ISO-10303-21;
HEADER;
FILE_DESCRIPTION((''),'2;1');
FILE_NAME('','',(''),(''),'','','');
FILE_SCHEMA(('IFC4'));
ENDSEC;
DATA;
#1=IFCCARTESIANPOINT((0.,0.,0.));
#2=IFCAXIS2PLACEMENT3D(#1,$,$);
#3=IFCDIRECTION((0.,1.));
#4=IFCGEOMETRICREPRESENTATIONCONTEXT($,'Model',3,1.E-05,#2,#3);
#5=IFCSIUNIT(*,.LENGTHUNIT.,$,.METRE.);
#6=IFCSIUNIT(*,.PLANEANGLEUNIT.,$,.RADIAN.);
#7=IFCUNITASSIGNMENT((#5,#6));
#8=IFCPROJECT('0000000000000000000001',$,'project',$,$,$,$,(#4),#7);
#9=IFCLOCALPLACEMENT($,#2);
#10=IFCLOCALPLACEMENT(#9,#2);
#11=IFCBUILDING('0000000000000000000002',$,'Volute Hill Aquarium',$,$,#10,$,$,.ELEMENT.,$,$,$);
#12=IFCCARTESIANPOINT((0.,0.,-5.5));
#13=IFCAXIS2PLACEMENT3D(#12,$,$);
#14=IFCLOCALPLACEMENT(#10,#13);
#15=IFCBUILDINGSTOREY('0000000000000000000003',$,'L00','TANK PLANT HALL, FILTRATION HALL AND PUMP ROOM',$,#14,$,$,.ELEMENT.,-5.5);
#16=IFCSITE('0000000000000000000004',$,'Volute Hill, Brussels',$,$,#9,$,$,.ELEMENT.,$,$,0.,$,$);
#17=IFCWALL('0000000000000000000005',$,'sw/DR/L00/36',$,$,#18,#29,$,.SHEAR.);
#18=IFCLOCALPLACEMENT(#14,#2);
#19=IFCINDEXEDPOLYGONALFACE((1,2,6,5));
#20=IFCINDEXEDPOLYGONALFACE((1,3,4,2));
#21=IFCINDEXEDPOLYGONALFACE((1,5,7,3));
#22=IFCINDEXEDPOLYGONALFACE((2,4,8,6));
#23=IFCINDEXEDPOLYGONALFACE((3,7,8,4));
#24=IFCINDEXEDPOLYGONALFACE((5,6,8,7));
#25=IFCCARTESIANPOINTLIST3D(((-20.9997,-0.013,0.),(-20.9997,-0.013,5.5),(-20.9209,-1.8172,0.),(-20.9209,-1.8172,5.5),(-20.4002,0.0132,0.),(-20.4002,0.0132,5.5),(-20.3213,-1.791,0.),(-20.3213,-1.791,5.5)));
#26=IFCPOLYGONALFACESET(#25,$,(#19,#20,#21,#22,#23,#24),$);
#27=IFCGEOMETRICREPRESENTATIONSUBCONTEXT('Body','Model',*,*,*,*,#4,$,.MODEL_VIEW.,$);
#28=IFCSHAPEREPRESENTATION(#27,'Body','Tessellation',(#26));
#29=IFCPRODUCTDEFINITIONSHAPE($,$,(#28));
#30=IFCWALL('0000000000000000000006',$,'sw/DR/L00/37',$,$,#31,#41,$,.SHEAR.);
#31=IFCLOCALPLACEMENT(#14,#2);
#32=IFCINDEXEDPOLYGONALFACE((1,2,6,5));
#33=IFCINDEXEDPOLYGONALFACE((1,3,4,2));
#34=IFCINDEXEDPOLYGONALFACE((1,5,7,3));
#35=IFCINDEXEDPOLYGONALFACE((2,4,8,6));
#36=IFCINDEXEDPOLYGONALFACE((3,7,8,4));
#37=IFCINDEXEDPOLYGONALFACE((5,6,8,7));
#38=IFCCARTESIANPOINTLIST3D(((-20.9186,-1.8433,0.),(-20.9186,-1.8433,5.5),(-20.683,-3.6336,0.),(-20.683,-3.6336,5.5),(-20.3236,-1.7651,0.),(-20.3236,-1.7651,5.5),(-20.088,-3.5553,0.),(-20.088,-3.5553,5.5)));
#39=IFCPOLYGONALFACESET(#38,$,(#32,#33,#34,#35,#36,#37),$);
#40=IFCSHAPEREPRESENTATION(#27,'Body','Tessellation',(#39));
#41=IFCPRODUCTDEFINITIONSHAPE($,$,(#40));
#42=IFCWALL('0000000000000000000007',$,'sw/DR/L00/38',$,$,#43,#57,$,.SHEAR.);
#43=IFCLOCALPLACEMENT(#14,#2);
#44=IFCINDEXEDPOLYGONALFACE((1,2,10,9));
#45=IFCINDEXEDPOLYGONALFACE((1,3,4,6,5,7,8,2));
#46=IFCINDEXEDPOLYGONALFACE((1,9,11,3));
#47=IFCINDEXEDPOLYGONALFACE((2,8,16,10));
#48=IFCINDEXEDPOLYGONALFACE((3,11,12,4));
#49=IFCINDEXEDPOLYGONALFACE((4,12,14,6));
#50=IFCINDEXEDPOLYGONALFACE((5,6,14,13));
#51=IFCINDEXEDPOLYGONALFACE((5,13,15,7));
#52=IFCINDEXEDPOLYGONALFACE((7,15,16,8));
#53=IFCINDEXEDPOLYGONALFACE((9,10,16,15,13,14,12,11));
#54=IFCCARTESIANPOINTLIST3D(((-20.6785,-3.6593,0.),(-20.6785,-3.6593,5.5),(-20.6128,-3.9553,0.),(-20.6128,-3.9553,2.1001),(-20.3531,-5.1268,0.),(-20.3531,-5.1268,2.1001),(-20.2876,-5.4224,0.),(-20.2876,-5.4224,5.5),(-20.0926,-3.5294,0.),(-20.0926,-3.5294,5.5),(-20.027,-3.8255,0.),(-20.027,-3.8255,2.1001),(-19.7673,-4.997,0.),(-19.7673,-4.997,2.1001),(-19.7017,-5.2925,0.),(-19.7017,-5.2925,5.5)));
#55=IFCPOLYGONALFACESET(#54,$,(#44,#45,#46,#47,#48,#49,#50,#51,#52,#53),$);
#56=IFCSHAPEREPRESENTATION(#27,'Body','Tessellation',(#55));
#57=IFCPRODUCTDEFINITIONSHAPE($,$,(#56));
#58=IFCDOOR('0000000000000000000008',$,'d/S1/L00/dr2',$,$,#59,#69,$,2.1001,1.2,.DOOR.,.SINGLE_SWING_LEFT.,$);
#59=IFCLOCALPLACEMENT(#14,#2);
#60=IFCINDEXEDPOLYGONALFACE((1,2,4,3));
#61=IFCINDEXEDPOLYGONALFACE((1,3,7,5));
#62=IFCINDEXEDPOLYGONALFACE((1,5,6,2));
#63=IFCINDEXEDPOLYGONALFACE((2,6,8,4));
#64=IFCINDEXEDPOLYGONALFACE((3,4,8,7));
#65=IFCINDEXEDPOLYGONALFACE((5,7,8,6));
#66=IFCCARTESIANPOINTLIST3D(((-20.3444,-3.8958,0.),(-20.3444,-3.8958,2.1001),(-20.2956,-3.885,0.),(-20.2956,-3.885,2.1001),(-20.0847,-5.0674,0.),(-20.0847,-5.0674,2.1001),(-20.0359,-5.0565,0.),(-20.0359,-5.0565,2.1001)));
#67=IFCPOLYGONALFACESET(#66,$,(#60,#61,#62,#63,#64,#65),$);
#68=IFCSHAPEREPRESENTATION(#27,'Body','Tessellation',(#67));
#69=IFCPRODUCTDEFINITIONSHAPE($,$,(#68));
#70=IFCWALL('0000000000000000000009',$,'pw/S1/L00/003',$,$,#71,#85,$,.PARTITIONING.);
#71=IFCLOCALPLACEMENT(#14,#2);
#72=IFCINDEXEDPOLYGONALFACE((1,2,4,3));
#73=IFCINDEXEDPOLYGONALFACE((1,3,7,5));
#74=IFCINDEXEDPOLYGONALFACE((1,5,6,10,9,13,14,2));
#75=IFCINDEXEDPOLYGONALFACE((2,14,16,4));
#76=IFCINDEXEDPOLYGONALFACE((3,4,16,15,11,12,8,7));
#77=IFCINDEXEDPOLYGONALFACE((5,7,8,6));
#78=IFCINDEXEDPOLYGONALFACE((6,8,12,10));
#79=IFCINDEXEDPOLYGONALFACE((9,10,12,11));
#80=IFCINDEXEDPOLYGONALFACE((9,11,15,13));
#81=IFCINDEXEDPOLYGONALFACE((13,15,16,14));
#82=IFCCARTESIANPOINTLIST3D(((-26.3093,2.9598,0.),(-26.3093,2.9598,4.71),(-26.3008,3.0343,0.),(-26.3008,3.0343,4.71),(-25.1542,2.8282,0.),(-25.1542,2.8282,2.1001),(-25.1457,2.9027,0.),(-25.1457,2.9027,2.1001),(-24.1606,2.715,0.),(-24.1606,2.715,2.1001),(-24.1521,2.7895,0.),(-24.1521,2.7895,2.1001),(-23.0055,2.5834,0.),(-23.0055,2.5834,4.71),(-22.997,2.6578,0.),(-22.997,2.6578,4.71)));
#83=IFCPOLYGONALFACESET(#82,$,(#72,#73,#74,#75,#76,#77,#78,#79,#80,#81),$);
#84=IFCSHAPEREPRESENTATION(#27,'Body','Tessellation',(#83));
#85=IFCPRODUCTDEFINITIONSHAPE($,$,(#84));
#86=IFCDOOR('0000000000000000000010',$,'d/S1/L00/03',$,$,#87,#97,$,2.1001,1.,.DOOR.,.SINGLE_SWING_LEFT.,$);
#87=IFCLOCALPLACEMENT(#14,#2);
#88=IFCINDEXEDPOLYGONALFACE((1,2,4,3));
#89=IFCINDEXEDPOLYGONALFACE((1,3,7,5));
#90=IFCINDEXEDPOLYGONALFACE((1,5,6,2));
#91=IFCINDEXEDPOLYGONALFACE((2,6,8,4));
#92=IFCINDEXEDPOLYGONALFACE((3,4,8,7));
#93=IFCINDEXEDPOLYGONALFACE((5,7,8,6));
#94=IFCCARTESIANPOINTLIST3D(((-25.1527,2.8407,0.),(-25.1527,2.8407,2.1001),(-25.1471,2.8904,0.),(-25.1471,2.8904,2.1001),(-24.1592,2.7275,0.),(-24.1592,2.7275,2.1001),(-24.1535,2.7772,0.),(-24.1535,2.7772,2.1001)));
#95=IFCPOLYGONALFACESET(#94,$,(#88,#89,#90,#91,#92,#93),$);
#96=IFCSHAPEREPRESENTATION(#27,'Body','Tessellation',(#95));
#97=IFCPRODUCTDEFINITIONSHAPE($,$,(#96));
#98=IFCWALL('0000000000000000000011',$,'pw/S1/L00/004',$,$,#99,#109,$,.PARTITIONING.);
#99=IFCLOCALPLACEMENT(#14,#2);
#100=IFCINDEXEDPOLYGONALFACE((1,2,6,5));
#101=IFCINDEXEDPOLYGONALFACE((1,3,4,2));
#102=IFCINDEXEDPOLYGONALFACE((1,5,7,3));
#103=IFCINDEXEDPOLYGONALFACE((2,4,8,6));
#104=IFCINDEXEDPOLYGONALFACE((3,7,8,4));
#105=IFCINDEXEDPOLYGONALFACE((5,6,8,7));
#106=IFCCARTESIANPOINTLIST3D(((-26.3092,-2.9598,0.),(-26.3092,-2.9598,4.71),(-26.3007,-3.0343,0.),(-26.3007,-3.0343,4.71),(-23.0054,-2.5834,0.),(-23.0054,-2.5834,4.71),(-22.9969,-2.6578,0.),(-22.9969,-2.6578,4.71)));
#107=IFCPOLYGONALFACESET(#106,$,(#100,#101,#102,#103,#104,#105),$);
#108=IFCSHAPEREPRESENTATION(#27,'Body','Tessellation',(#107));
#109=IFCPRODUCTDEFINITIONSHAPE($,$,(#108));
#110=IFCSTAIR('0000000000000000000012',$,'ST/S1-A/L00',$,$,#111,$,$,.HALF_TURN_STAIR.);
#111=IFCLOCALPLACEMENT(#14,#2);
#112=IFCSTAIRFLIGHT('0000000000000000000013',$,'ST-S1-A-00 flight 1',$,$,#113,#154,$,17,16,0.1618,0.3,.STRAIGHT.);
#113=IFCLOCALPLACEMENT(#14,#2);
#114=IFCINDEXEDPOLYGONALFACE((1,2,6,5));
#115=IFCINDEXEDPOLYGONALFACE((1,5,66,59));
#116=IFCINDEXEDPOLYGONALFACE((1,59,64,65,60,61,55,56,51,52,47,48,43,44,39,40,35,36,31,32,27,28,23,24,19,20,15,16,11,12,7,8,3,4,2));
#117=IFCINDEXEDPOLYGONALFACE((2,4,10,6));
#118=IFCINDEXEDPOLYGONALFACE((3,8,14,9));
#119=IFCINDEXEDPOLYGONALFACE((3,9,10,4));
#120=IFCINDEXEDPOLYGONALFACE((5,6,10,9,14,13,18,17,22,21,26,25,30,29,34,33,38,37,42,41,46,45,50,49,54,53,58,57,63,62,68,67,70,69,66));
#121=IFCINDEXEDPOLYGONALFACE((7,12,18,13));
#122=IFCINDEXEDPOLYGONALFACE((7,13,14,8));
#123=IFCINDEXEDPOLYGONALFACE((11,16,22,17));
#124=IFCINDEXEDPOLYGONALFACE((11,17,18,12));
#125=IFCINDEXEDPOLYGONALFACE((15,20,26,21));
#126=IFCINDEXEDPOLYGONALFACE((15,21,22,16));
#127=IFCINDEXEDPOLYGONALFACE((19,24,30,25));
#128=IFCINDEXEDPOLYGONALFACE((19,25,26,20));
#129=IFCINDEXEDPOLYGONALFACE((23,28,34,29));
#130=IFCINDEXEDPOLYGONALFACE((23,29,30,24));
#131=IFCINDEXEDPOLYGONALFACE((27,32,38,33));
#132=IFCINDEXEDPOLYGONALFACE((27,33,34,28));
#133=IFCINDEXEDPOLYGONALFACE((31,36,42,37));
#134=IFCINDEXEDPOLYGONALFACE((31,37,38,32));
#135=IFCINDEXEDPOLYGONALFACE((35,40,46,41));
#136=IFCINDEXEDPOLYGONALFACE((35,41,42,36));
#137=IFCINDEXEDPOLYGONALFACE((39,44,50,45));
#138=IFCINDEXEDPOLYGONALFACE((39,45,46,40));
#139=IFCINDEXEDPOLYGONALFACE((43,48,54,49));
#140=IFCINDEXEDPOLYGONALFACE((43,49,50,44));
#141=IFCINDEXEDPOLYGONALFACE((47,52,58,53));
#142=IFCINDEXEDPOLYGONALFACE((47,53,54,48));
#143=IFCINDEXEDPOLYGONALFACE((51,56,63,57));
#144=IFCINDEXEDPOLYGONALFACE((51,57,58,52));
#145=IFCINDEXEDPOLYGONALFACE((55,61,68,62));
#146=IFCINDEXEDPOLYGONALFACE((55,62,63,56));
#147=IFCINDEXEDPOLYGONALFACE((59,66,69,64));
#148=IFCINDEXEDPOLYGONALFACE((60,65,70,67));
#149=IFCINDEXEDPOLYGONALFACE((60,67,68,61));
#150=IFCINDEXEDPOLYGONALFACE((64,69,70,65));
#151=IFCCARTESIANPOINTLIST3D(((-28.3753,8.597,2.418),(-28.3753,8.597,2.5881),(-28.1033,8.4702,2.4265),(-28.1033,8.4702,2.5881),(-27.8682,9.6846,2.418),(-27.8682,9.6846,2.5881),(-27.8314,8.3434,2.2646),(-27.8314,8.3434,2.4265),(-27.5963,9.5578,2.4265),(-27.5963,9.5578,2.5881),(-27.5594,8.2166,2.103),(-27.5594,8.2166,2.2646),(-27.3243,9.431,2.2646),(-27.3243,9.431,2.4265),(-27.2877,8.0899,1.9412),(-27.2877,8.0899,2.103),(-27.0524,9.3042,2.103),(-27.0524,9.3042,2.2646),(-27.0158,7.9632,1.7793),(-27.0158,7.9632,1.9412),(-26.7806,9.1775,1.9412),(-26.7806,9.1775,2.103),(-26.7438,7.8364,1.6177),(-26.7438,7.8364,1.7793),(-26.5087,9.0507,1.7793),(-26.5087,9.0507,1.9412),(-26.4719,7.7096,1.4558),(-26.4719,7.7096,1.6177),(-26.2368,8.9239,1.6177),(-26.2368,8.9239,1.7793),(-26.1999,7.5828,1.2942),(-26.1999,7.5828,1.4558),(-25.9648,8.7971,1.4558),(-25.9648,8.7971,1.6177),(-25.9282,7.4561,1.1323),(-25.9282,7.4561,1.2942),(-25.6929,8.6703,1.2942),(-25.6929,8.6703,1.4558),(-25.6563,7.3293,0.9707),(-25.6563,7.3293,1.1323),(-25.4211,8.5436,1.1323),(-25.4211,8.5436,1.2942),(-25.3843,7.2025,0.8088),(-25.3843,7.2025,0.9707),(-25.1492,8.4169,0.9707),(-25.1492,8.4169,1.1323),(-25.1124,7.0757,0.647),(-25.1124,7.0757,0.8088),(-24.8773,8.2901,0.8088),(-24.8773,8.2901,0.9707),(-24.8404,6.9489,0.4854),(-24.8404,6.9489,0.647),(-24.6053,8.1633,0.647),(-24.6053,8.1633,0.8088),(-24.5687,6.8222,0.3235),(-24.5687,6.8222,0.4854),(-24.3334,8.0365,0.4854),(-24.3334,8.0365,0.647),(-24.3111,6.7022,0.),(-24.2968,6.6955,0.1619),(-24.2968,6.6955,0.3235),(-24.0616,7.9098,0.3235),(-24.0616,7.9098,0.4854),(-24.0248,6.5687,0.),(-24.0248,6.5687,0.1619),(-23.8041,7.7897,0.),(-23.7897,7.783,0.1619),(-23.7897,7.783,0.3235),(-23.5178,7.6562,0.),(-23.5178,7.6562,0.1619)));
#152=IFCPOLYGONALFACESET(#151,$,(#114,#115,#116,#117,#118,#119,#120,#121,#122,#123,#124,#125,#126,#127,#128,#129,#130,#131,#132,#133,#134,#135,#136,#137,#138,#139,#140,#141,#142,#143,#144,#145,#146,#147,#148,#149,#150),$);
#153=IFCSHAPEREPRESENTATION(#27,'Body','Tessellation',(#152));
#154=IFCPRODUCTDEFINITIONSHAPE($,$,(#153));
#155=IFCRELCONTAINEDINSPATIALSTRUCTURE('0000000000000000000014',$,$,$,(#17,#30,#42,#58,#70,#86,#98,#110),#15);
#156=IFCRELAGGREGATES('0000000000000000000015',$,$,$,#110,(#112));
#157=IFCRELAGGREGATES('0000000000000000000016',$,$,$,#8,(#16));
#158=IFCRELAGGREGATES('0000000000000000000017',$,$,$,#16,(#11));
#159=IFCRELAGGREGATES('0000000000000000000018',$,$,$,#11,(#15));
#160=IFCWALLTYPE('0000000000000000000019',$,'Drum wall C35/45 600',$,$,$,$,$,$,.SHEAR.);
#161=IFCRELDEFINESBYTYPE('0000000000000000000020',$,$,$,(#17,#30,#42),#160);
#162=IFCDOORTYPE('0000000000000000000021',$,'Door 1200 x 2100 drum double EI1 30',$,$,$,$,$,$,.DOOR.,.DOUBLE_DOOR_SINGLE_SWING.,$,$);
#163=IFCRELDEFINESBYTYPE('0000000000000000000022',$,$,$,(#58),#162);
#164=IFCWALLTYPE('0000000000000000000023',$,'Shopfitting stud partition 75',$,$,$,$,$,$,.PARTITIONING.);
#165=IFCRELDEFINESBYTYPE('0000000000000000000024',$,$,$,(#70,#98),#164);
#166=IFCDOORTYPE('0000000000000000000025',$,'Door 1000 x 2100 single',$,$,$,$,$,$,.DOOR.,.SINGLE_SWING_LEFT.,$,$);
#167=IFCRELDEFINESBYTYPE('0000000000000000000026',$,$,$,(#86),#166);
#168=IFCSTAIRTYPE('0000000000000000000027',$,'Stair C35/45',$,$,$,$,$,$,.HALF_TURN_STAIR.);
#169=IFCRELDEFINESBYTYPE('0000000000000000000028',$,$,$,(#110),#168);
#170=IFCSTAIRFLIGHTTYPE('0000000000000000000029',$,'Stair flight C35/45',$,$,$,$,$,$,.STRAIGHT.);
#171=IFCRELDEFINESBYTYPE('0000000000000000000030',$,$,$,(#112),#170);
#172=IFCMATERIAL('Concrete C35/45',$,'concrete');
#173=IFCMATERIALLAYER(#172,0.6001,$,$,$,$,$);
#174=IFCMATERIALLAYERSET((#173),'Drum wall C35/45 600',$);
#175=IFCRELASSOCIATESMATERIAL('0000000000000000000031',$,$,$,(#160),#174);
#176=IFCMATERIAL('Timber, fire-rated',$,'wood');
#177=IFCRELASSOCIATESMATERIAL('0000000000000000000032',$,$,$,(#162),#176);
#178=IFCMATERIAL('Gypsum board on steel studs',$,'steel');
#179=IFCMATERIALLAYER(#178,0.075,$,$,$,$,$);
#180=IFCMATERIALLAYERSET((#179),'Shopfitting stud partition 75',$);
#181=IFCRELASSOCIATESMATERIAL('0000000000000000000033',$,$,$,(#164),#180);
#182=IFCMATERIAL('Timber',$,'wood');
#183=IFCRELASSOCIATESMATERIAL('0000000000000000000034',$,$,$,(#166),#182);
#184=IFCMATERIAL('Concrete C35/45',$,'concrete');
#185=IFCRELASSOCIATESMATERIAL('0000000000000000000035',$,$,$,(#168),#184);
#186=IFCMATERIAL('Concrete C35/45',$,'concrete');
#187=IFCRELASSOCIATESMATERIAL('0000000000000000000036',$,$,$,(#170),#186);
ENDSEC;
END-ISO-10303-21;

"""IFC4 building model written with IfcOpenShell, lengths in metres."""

from ifc_helpers import new_model, si_unit, direction, frame, frame_2d, origin, place, context, subcontext, project, spatial, polyline, rectangle, outline, extrude, material, layer, layer_set, type_object, element, fill, aggregate, save


model = new_model("IFC4")

# Units and contexts
model_context = context("Model", 3, precision=1e-05, world=origin(), true_north=direction((0.0, 1.0)))
body_context = subcontext(model_context, "Body", "Model", "MODEL_VIEW")
ifc_project = project(units=[si_unit("LENGTHUNIT", "METRE"), si_unit("PLANEANGLEUNIT", "RADIAN")], contexts=[model_context])

# Site, building, storey
site_placement = place(None, origin())
site = spatial("IfcSite", under=ifc_project, at=site_placement, Name="Volute Hill, Brussels", CompositionType="ELEMENT", RefElevation=0.0)
building_placement = place(site_placement, origin())
building = spatial("IfcBuilding", under=site, at=building_placement, Name="Volute Hill Aquarium", CompositionType="ELEMENT")
storey_placement = place(building_placement, frame((0.0, 0.0, -5.5)))
storey = spatial("IfcBuildingStorey", under=building, at=storey_placement, Name="L00", Description="TANK PLANT HALL, FILTRATION HALL AND PUMP ROOM", CompositionType="ELEMENT", Elevation=-5.5)

# Shared definitions
ifc_material_1 = material(Name="Concrete C35/45", Category="concrete")
ifc_layer_1 = layer(ifc_material_1, 0.6001)
ifc_layer_set_1 = layer_set([ifc_layer_1], Name="Drum wall C35/45 600")
wall_type_1 = type_object("IfcWallType", Name="Drum wall C35/45 600", PredefinedType="SHEAR", material=ifc_layer_set_1)
ifc_material_2 = material(Name="Timber, fire-rated", Category="wood")
door_type_1 = type_object("IfcDoorType", Name="Door 1200 x 2100 drum double EI1 30", OperationType="DOUBLE_DOOR_SINGLE_SWING", PredefinedType="DOOR", material=ifc_material_2)

# Walls
for number, where, z_axis, x_axis, name in (
    (1, (-20.7, 0.0, 0.0), (0.0, 0.0, 1.0), (0.043666, -0.999046, 0.0), "sw/DR/L00/36"),
):
    element("IfcWall", number, at=place(storey_placement, frame(where, z_axis=z_axis, x_axis=x_axis)), inside=storey, type_object=wall_type_1, Name=name, PredefinedType="SHEAR", context=body_context, shape_type="SweptSolid", body=[
        extrude(rectangle(XDim=1.8059, YDim=0.6001, at=frame_2d((0.9028, 0.0))), origin(), (0.0, 0.0, 1.0), 5.5),
    ])
wall_1_placement = place(storey_placement, frame((-20.6211, -1.8042, 0.0), z_axis=(0.0, 0.0, 1.0), x_axis=(0.130472, -0.991452, 0.0)))
element("IfcWall", 2, at=wall_1_placement, inside=storey, type_object=wall_type_1, Name="sw/DR/L00/37", PredefinedType="SHEAR", context=body_context, shape_type="SweptSolid", body=[
    extrude(rectangle(XDim=1.8057, YDim=0.6001, at=frame_2d((0.9028, 0.0))), origin(), (0.0, 0.0, 1.0), 5.5),
])

# Walls, openings, doors
wall_2_placement = place(storey_placement, frame((-20.3855, -3.5945, 0.0), z_axis=(0.0, 0.0, 1.0), x_axis=(0.216429, -0.976298, 0.0)))
wall_2 = element("IfcWall", 3, at=wall_2_placement, inside=storey, type_object=wall_type_1, Name="sw/DR/L00/38", PredefinedType="SHEAR", context=body_context, shape_type="SweptSolid", body=[
    extrude(rectangle(XDim=1.8059, YDim=0.6001, at=frame_2d((0.9028, 0.0))), origin(), (0.0, 0.0, 1.0), 5.5),
])
opening_1_placement = place(wall_2_placement, frame((0.303, 0.0, 0.0)))
opening_1 = element("IfcOpeningElement", 4, at=opening_1_placement, cuts=wall_2, PredefinedType="OPENING", context=body_context, shape_type="SweptSolid", body=[
    extrude(rectangle(XDim=1.2, YDim=2.1001, at=frame_2d((0.6001, 1.05))), frame((0.0, 0.3101, 0.0), z_axis=(0.0, -1.0, 0.0), x_axis=(1.0, 0.0, 0.0)), (0.0, 0.0, 1.0), 0.6201),
])
door_1_placement = place(opening_1_placement, origin())
door_1 = element("IfcDoor", 5, at=door_1_placement, inside=storey, type_object=door_type_1, Name="d/S1/L00/dr2", OperationType="SINGLE_SWING_LEFT", OverallHeight=2.1001, OverallWidth=1.2, PredefinedType="DOOR", context=body_context, shape_type="SweptSolid", body=[
    extrude(rectangle(XDim=1.2, YDim=2.1001, at=frame_2d((0.6001, 1.05))), frame((0.0, 0.0249, 0.0), z_axis=(0.0, -1.0, 0.0), x_axis=(1.0, 0.0, 0.0)), (0.0, 0.0, 1.0), 0.05),
])
fill(opening_1, door_1)
ifc_material_3 = material(Name="Gypsum board on steel studs", Category="steel")
ifc_layer_2 = layer(ifc_material_3, 0.075)
ifc_layer_set_2 = layer_set([ifc_layer_2], Name="Shopfitting stud partition 75")
wall_type_2 = type_object("IfcWallType", Name="Shopfitting stud partition 75", PredefinedType="PARTITIONING", material=ifc_layer_set_2)
wall_3_placement = place(storey_placement, frame((-23.0012, 2.6206, 0.0), z_axis=(0.0, 0.0, 1.0), x_axis=(-0.99357, 0.113219, 0.0)))
wall_3 = element("IfcWall", 6, at=wall_3_placement, inside=storey, type_object=wall_type_2, Name="pw/S1/L00/003", PredefinedType="PARTITIONING", context=body_context, shape_type="SweptSolid", body=[
    extrude(rectangle(XDim=3.3252, YDim=0.075, at=frame_2d((1.6626, 0.0))), origin(), (0.0, 0.0, 1.0), 4.71),
])
opening_2_placement = place(wall_3_placement, frame((1.1626, 0.0, 0.0)))
opening_2 = element("IfcOpeningElement", 7, at=opening_2_placement, cuts=wall_3, PredefinedType="OPENING", context=body_context, shape_type="SweptSolid", body=[
    extrude(rectangle(XDim=1.0, YDim=2.1001, at=frame_2d((0.5, 1.05))), frame((0.0, 0.0474, 0.0), z_axis=(0.0, -1.0, 0.0), x_axis=(1.0, 0.0, 0.0)), (0.0, 0.0, 1.0), 0.095),
])
ifc_material_4 = material(Name="Timber", Category="wood")
door_type_2 = type_object("IfcDoorType", Name="Door 1000 x 2100 single", OperationType="SINGLE_SWING_LEFT", PredefinedType="DOOR", material=ifc_material_4)
door_2_placement = place(opening_2_placement, origin())
door_2 = element("IfcDoor", 8, at=door_2_placement, inside=storey, type_object=door_type_2, Name="d/S1/L00/03", OperationType="SINGLE_SWING_LEFT", OverallHeight=2.1001, OverallWidth=1.0, PredefinedType="DOOR", context=body_context, shape_type="SweptSolid", body=[
    extrude(rectangle(XDim=1.0, YDim=2.1001, at=frame_2d((0.5, 1.05))), frame((0.0, 0.0249, 0.0), z_axis=(0.0, -1.0, 0.0), x_axis=(1.0, 0.0, 0.0)), (0.0, 0.0, 1.0), 0.05),
])
fill(opening_2, door_2)

# Wall
wall_4_placement = place(storey_placement, frame((-26.3049, -2.9971, 0.0), z_axis=(0.0, 0.0, 1.0), x_axis=(0.99357, 0.113219, 0.0)))
element("IfcWall", 9, at=wall_4_placement, inside=storey, type_object=wall_type_2, Name="pw/S1/L00/004", PredefinedType="PARTITIONING", context=body_context, shape_type="SweptSolid", body=[
    extrude(rectangle(XDim=3.3252, YDim=0.075, at=frame_2d((1.6626, 0.0))), origin(), (0.0, 0.0, 1.0), 4.71),
])

# Stair, stair flight
ifc_material_5 = material(Name="Concrete C35/45", Category="concrete")
stair_type = type_object("IfcStairType", Name="Stair C35/45", PredefinedType="HALF_TURN_STAIR", material=ifc_material_5)
stair_placement = place(storey_placement, origin())
stair = element("IfcStair", 10, at=stair_placement, inside=storey, type_object=stair_type, Name="ST/S1-A/L00", PredefinedType="HALF_TURN_STAIR")
ifc_material_6 = material(Name="Concrete C35/45", Category="concrete")
stair_flight_type = type_object("IfcStairFlightType", Name="Stair flight C35/45", PredefinedType="STRAIGHT", material=ifc_material_6)
stair_flight_placement = place(storey_placement, frame((-23.7712, 7.1125, 0.0), z_axis=(0.0, 0.0, 1.0), x_axis=(-0.906331, 0.422568, 0.0)))
stair_flight = element("IfcStairFlight", 11, at=stair_flight_placement, type_object=stair_flight_type, Name="ST-S1-A-00 flight 1", NumberOfRisers=17, NumberOfTreads=16, PredefinedType="STRAIGHT", RiserHeight=0.1618, TreadLength=0.3, context=body_context, shape_type="SweptSolid", body=[
    extrude(outline(polyline([(0.0, 0.0), (0.0, 0.1619), (0.3, 0.1619), (0.3, 0.3235), (0.6001, 0.3235), (0.6001, 0.4854), (0.8999, 0.4854), (0.8999, 0.647), (1.2, 0.647), (1.2, 0.8088), (1.5, 0.8088), (1.5, 0.9707), (1.8, 0.9707), (1.8, 1.1323), (2.1001, 1.1323), (2.1001, 1.2942), (2.3999, 1.2942), (2.3999, 1.4558), (2.7, 1.4558), (2.7, 1.6177), (3.0, 1.6177), (3.0, 1.7793), (3.3, 1.7793), (3.3, 1.9412), (3.6001, 1.9412), (3.6001, 2.103), (3.8999, 2.103), (3.8999, 2.2646), (4.2, 2.2646), (4.2, 2.4265), (4.5, 2.4265), (4.5, 2.5881), (4.8, 2.5881), (4.8, 2.75), (4.8, 2.418), (0.3159, 0.0), (0.0, 0.0)])), frame((0.0, 0.6001, 0.0), z_axis=(0.0, -1.0, 0.0), x_axis=(1.0, 0.0, 0.0)), (0.0, 0.0, 1.0), 1.2),
])
aggregate(stair, [stair_flight])

save(model, "model.ifc")
